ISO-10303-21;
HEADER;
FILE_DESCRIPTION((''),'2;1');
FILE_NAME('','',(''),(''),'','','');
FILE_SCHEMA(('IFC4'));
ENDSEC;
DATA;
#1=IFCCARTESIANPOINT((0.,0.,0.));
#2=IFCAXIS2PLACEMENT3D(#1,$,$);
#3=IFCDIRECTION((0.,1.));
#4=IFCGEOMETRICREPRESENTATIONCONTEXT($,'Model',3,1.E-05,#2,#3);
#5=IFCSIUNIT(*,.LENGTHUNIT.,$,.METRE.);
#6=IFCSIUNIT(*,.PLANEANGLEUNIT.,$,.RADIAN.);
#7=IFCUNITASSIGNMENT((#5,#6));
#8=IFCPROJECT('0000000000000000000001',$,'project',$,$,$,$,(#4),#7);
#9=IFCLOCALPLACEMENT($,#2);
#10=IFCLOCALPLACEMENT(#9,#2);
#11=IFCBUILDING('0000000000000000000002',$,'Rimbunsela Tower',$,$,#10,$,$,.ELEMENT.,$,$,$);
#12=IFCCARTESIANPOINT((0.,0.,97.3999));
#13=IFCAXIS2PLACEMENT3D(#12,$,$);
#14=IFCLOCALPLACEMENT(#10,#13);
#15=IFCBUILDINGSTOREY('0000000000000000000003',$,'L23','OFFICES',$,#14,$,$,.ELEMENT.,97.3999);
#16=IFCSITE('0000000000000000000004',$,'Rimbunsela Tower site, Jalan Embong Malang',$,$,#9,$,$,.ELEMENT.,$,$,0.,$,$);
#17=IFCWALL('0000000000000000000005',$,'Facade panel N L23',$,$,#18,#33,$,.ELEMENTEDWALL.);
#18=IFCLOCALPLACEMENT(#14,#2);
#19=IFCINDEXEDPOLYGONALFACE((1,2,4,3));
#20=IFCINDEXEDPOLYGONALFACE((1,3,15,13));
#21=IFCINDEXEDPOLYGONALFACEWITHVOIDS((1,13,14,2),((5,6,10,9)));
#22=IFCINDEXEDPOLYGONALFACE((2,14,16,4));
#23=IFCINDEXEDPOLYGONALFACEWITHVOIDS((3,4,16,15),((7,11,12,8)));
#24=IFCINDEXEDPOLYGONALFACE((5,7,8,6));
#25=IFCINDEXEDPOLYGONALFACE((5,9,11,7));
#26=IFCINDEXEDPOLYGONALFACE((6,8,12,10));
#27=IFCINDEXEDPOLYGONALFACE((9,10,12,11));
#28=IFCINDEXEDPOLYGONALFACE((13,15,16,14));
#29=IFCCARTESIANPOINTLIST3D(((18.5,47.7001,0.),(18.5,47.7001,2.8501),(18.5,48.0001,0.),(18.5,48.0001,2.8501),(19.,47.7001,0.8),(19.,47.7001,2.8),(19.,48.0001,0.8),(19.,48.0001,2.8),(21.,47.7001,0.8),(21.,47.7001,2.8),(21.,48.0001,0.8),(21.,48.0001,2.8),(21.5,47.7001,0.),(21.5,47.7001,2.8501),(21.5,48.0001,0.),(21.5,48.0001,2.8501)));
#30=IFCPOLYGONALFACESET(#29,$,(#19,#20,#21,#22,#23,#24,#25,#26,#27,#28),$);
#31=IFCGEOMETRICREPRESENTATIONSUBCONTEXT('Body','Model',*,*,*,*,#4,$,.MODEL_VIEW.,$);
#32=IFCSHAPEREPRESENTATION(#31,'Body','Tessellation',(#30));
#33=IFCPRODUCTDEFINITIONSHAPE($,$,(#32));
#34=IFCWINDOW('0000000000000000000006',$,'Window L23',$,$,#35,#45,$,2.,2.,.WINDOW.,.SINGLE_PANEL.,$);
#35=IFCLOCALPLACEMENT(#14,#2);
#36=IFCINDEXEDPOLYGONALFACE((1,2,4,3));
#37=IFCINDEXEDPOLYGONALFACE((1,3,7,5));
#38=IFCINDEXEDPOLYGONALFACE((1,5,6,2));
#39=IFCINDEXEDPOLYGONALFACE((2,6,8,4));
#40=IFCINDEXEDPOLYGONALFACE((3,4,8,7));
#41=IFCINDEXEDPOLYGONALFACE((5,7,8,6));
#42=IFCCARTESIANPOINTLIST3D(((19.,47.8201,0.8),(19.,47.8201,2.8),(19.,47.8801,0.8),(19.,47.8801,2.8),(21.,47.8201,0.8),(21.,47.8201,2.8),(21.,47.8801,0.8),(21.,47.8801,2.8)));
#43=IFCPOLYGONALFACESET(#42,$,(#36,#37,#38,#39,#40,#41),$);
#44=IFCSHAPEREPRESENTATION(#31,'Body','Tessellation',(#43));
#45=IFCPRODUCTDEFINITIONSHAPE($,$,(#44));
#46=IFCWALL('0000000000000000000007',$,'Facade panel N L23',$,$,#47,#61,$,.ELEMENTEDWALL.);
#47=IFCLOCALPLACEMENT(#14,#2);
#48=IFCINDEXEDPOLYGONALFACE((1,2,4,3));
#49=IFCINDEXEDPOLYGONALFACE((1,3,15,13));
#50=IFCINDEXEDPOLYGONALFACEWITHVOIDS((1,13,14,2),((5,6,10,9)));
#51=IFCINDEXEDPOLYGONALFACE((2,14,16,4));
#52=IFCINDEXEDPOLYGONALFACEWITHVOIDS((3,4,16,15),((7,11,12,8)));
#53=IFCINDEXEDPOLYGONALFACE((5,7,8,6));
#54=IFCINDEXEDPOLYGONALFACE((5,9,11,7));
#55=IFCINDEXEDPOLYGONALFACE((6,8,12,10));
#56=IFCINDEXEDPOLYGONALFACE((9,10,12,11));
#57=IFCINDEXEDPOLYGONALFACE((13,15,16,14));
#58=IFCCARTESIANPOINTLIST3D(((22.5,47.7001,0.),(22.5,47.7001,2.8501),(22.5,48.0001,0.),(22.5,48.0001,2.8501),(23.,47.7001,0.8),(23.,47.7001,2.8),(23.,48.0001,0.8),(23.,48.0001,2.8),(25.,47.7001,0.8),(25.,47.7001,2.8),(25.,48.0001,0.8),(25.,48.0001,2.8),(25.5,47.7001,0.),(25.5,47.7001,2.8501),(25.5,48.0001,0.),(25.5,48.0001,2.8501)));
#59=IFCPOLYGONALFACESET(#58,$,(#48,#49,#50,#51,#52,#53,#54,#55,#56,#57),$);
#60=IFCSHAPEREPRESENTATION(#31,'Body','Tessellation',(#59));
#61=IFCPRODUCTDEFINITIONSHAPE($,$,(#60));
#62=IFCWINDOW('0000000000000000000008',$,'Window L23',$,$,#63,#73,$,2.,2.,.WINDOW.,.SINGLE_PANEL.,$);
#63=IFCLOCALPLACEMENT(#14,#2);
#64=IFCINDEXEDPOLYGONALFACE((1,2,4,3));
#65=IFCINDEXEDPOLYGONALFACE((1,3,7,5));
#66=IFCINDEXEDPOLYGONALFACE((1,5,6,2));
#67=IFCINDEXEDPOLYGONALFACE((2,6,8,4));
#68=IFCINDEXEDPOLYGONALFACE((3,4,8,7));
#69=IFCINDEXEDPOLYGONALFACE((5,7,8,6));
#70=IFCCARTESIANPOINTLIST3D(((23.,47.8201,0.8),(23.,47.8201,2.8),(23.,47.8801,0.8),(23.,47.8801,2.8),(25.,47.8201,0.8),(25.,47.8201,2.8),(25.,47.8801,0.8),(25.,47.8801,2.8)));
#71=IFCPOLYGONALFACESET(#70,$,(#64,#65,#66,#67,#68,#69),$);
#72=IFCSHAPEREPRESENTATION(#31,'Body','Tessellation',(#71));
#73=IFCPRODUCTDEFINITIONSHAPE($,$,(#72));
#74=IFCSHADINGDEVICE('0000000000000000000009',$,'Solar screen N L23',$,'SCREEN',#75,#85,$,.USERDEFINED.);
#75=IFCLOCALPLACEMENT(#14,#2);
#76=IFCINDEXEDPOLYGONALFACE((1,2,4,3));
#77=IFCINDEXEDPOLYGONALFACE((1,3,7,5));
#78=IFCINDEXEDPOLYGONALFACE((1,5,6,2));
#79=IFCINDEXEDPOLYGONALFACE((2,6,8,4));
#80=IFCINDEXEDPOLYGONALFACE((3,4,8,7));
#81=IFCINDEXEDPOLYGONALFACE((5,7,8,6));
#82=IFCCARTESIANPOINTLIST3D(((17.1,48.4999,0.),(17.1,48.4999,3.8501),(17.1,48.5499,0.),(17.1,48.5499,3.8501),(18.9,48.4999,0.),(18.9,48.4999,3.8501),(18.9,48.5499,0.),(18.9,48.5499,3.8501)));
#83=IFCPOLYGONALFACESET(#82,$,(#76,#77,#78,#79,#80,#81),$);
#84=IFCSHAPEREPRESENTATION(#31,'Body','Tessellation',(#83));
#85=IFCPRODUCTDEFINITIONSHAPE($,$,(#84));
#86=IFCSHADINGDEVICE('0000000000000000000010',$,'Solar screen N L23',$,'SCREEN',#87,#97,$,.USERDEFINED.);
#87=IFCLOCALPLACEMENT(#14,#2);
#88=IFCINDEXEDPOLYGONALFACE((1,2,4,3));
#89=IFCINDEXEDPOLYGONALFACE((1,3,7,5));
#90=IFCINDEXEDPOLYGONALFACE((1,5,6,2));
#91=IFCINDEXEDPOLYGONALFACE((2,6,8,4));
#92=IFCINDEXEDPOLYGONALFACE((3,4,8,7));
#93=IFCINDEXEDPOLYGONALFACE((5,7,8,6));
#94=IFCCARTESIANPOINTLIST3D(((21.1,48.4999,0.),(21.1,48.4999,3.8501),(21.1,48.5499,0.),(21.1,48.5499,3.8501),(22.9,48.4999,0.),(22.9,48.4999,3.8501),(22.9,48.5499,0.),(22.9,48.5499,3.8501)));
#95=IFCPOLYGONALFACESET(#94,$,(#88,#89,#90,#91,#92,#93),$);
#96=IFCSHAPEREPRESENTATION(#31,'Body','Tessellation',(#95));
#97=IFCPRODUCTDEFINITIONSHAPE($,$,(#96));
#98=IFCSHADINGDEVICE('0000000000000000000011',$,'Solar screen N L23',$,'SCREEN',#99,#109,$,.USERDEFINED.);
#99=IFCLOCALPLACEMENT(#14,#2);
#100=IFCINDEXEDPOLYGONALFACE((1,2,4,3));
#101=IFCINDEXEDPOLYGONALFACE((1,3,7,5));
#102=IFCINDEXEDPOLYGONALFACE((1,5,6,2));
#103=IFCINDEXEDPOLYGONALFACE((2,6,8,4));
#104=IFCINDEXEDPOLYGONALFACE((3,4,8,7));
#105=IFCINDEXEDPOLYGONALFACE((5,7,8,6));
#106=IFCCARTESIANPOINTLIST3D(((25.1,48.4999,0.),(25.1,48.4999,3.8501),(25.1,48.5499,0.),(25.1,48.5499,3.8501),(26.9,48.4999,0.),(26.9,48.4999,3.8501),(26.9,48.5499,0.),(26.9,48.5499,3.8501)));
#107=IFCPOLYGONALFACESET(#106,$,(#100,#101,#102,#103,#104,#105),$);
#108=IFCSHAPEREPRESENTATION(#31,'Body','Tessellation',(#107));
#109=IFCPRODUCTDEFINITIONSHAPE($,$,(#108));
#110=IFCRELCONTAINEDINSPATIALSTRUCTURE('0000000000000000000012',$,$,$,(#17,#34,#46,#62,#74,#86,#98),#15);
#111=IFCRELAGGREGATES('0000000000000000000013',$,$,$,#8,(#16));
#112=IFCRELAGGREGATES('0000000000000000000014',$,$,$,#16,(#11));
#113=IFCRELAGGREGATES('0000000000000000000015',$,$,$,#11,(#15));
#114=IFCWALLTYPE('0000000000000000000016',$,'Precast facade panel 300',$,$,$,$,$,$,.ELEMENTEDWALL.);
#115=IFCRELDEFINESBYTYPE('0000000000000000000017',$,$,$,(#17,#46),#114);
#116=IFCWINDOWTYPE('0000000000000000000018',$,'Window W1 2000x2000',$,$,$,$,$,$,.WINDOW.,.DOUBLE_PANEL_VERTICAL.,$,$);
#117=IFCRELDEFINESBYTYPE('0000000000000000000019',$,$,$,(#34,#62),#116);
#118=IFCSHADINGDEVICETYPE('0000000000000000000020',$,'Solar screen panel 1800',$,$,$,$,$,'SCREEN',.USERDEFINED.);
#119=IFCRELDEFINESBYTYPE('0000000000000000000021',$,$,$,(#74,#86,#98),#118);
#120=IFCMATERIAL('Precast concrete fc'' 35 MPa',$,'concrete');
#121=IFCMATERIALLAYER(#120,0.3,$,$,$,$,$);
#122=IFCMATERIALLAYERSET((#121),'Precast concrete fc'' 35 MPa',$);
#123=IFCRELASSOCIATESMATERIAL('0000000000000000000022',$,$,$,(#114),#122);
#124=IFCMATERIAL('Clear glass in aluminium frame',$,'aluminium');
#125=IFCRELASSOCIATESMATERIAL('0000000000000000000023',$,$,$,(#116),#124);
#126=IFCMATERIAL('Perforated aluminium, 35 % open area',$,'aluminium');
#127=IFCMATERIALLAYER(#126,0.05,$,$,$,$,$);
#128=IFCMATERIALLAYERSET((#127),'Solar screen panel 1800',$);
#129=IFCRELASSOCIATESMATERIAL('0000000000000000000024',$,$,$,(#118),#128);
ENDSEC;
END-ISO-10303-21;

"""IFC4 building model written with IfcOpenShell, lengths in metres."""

from ifc_helpers import new_model, si_unit, direction, frame, frame_2d, origin, origin_2d, place, context, subcontext, project, spatial, rectangle, extrude, material, layer, layer_set, type_object, element, fill, save


model = new_model("IFC4")

# Units and contexts
model_context = context("Model", 3, precision=1e-05, world=origin(), true_north=direction((0.0, 1.0)))
body_context = subcontext(model_context, "Body", "Model", "MODEL_VIEW")
ifc_project = project(units=[si_unit("LENGTHUNIT", "METRE"), si_unit("PLANEANGLEUNIT", "RADIAN")], contexts=[model_context])

# Site, building, storey
site_placement = place(None, origin())
site = spatial("IfcSite", under=ifc_project, at=site_placement, Name="Rimbunsela Tower site, Jalan Embong Malang", CompositionType="ELEMENT", RefElevation=0.0)
building_placement = place(site_placement, origin())
building = spatial("IfcBuilding", under=site, at=building_placement, Name="Rimbunsela Tower", CompositionType="ELEMENT")
storey_placement = place(building_placement, frame((0.0, 0.0, 97.3999)))
storey = spatial("IfcBuildingStorey", under=building, at=storey_placement, Name="L23", Description="OFFICES", CompositionType="ELEMENT", Elevation=97.3999)

# Walls, openings, windows
ifc_material_1 = material(Name="Precast concrete fc' 35 MPa", Category="concrete")
ifc_layer_1 = layer(ifc_material_1, 0.3)
ifc_layer_set_1 = layer_set([ifc_layer_1], Name="Precast concrete fc' 35 MPa")
wall_type = type_object("IfcWallType", Name="Precast facade panel 300", PredefinedType="ELEMENTEDWALL", material=ifc_layer_set_1)
ifc_material_2 = material(Name="Clear glass in aluminium frame", Category="aluminium")
window_type = type_object("IfcWindowType", Name="Window W1 2000x2000", PartitioningType="DOUBLE_PANEL_VERTICAL", PredefinedType="WINDOW", material=ifc_material_2)
wall_1_placement = place(storey_placement, frame((21.5, 47.8501, 0.0), z_axis=(0.0, 0.0, 1.0), x_axis=(-1.0, 0.0, 0.0)))
wall_1 = element("IfcWall", 1, at=wall_1_placement, inside=storey, type_object=wall_type, Name="Facade panel N L23", PredefinedType="ELEMENTEDWALL", context=body_context, shape_type="SweptSolid", body=[
    extrude(rectangle(XDim=3.0, YDim=0.3, at=frame_2d((1.5, 0.0))), origin(), (0.0, 0.0, 1.0), 2.8501),
])
opening_1_placement = place(wall_1_placement, frame((0.5, 0.0, 0.8)))
opening_1 = element("IfcOpeningElement", 2, at=opening_1_placement, cuts=wall_1, PredefinedType="OPENING", context=body_context, shape_type="SweptSolid", body=[
    extrude(rectangle(XDim=2.0, YDim=2.0, at=frame_2d((1.0, 1.0))), frame((0.0, 0.1599, 0.0), z_axis=(0.0, -1.0, 0.0), x_axis=(1.0, 0.0, 0.0)), (0.0, 0.0, 1.0), 0.3201),
])
window_1_placement = place(opening_1_placement, origin())
window_1 = element("IfcWindow", 3, at=window_1_placement, inside=storey, type_object=window_type, Name="Window L23", OverallHeight=2.0, OverallWidth=2.0, PartitioningType="SINGLE_PANEL", PredefinedType="WINDOW", context=body_context, shape_type="SweptSolid", body=[
    extrude(rectangle(XDim=2.0, YDim=2.0, at=frame_2d((1.0, 1.0))), frame((0.0, 0.03, 0.0), z_axis=(0.0, -1.0, 0.0), x_axis=(1.0, 0.0, 0.0)), (0.0, 0.0, 1.0), 0.0601),
])
fill(opening_1, window_1)
wall_2_placement = place(storey_placement, frame((25.5, 47.8501, 0.0), z_axis=(0.0, 0.0, 1.0), x_axis=(-1.0, 0.0, 0.0)))
wall_2 = element("IfcWall", 4, at=wall_2_placement, inside=storey, type_object=wall_type, Name="Facade panel N L23", PredefinedType="ELEMENTEDWALL", context=body_context, shape_type="SweptSolid", body=[
    extrude(rectangle(XDim=3.0, YDim=0.3, at=frame_2d((1.5, 0.0))), origin(), (0.0, 0.0, 1.0), 2.8501),
])
opening_2_placement = place(wall_2_placement, frame((0.5, 0.0, 0.8)))
opening_2 = element("IfcOpeningElement", 5, at=opening_2_placement, cuts=wall_2, PredefinedType="OPENING", context=body_context, shape_type="SweptSolid", body=[
    extrude(rectangle(XDim=2.0, YDim=2.0, at=frame_2d((1.0, 1.0))), frame((0.0, 0.1599, 0.0), z_axis=(0.0, -1.0, 0.0), x_axis=(1.0, 0.0, 0.0)), (0.0, 0.0, 1.0), 0.3201),
])
window_2_placement = place(opening_2_placement, origin())
window_2 = element("IfcWindow", 6, at=window_2_placement, inside=storey, type_object=window_type, Name="Window L23", OverallHeight=2.0, OverallWidth=2.0, PartitioningType="SINGLE_PANEL", PredefinedType="WINDOW", context=body_context, shape_type="SweptSolid", body=[
    extrude(rectangle(XDim=2.0, YDim=2.0, at=frame_2d((1.0, 1.0))), frame((0.0, 0.03, 0.0), z_axis=(0.0, -1.0, 0.0), x_axis=(1.0, 0.0, 0.0)), (0.0, 0.0, 1.0), 0.0601),
])
fill(opening_2, window_2)

# Shading devices
ifc_material_3 = material(Name="Perforated aluminium, 35 % open area", Category="aluminium")
ifc_layer_2 = layer(ifc_material_3, 0.05)
ifc_layer_set_2 = layer_set([ifc_layer_2], Name="Solar screen panel 1800")
shading_device_type = type_object("IfcShadingDeviceType", Name="Solar screen panel 1800", ElementType="SCREEN", PredefinedType="USERDEFINED", material=ifc_layer_set_2)
for number, where, z_axis, x_axis, name in (
    (7, (18.0, 48.5249, 0.0), (0.0, 0.0, 1.0), (1.0, 0.0, 0.0), "Solar screen N L23"),
    (8, (22.0, 48.5249, 0.0), (0.0, 0.0, 1.0), (1.0, 0.0, 0.0), "Solar screen N L23"),
    (9, (26.0, 48.5249, 0.0), (0.0, 0.0, 1.0), (1.0, 0.0, 0.0), "Solar screen N L23"),
):
    element("IfcShadingDevice", number, at=place(storey_placement, frame(where, z_axis=z_axis, x_axis=x_axis)), inside=storey, type_object=shading_device_type, Name=name, ObjectType="SCREEN", PredefinedType="USERDEFINED", context=body_context, shape_type="SweptSolid", body=[
        extrude(rectangle(XDim=1.8, YDim=0.05, at=origin_2d()), origin(), (0.0, 0.0, 1.0), 3.8501),
    ])

save(model, "model.ifc")
